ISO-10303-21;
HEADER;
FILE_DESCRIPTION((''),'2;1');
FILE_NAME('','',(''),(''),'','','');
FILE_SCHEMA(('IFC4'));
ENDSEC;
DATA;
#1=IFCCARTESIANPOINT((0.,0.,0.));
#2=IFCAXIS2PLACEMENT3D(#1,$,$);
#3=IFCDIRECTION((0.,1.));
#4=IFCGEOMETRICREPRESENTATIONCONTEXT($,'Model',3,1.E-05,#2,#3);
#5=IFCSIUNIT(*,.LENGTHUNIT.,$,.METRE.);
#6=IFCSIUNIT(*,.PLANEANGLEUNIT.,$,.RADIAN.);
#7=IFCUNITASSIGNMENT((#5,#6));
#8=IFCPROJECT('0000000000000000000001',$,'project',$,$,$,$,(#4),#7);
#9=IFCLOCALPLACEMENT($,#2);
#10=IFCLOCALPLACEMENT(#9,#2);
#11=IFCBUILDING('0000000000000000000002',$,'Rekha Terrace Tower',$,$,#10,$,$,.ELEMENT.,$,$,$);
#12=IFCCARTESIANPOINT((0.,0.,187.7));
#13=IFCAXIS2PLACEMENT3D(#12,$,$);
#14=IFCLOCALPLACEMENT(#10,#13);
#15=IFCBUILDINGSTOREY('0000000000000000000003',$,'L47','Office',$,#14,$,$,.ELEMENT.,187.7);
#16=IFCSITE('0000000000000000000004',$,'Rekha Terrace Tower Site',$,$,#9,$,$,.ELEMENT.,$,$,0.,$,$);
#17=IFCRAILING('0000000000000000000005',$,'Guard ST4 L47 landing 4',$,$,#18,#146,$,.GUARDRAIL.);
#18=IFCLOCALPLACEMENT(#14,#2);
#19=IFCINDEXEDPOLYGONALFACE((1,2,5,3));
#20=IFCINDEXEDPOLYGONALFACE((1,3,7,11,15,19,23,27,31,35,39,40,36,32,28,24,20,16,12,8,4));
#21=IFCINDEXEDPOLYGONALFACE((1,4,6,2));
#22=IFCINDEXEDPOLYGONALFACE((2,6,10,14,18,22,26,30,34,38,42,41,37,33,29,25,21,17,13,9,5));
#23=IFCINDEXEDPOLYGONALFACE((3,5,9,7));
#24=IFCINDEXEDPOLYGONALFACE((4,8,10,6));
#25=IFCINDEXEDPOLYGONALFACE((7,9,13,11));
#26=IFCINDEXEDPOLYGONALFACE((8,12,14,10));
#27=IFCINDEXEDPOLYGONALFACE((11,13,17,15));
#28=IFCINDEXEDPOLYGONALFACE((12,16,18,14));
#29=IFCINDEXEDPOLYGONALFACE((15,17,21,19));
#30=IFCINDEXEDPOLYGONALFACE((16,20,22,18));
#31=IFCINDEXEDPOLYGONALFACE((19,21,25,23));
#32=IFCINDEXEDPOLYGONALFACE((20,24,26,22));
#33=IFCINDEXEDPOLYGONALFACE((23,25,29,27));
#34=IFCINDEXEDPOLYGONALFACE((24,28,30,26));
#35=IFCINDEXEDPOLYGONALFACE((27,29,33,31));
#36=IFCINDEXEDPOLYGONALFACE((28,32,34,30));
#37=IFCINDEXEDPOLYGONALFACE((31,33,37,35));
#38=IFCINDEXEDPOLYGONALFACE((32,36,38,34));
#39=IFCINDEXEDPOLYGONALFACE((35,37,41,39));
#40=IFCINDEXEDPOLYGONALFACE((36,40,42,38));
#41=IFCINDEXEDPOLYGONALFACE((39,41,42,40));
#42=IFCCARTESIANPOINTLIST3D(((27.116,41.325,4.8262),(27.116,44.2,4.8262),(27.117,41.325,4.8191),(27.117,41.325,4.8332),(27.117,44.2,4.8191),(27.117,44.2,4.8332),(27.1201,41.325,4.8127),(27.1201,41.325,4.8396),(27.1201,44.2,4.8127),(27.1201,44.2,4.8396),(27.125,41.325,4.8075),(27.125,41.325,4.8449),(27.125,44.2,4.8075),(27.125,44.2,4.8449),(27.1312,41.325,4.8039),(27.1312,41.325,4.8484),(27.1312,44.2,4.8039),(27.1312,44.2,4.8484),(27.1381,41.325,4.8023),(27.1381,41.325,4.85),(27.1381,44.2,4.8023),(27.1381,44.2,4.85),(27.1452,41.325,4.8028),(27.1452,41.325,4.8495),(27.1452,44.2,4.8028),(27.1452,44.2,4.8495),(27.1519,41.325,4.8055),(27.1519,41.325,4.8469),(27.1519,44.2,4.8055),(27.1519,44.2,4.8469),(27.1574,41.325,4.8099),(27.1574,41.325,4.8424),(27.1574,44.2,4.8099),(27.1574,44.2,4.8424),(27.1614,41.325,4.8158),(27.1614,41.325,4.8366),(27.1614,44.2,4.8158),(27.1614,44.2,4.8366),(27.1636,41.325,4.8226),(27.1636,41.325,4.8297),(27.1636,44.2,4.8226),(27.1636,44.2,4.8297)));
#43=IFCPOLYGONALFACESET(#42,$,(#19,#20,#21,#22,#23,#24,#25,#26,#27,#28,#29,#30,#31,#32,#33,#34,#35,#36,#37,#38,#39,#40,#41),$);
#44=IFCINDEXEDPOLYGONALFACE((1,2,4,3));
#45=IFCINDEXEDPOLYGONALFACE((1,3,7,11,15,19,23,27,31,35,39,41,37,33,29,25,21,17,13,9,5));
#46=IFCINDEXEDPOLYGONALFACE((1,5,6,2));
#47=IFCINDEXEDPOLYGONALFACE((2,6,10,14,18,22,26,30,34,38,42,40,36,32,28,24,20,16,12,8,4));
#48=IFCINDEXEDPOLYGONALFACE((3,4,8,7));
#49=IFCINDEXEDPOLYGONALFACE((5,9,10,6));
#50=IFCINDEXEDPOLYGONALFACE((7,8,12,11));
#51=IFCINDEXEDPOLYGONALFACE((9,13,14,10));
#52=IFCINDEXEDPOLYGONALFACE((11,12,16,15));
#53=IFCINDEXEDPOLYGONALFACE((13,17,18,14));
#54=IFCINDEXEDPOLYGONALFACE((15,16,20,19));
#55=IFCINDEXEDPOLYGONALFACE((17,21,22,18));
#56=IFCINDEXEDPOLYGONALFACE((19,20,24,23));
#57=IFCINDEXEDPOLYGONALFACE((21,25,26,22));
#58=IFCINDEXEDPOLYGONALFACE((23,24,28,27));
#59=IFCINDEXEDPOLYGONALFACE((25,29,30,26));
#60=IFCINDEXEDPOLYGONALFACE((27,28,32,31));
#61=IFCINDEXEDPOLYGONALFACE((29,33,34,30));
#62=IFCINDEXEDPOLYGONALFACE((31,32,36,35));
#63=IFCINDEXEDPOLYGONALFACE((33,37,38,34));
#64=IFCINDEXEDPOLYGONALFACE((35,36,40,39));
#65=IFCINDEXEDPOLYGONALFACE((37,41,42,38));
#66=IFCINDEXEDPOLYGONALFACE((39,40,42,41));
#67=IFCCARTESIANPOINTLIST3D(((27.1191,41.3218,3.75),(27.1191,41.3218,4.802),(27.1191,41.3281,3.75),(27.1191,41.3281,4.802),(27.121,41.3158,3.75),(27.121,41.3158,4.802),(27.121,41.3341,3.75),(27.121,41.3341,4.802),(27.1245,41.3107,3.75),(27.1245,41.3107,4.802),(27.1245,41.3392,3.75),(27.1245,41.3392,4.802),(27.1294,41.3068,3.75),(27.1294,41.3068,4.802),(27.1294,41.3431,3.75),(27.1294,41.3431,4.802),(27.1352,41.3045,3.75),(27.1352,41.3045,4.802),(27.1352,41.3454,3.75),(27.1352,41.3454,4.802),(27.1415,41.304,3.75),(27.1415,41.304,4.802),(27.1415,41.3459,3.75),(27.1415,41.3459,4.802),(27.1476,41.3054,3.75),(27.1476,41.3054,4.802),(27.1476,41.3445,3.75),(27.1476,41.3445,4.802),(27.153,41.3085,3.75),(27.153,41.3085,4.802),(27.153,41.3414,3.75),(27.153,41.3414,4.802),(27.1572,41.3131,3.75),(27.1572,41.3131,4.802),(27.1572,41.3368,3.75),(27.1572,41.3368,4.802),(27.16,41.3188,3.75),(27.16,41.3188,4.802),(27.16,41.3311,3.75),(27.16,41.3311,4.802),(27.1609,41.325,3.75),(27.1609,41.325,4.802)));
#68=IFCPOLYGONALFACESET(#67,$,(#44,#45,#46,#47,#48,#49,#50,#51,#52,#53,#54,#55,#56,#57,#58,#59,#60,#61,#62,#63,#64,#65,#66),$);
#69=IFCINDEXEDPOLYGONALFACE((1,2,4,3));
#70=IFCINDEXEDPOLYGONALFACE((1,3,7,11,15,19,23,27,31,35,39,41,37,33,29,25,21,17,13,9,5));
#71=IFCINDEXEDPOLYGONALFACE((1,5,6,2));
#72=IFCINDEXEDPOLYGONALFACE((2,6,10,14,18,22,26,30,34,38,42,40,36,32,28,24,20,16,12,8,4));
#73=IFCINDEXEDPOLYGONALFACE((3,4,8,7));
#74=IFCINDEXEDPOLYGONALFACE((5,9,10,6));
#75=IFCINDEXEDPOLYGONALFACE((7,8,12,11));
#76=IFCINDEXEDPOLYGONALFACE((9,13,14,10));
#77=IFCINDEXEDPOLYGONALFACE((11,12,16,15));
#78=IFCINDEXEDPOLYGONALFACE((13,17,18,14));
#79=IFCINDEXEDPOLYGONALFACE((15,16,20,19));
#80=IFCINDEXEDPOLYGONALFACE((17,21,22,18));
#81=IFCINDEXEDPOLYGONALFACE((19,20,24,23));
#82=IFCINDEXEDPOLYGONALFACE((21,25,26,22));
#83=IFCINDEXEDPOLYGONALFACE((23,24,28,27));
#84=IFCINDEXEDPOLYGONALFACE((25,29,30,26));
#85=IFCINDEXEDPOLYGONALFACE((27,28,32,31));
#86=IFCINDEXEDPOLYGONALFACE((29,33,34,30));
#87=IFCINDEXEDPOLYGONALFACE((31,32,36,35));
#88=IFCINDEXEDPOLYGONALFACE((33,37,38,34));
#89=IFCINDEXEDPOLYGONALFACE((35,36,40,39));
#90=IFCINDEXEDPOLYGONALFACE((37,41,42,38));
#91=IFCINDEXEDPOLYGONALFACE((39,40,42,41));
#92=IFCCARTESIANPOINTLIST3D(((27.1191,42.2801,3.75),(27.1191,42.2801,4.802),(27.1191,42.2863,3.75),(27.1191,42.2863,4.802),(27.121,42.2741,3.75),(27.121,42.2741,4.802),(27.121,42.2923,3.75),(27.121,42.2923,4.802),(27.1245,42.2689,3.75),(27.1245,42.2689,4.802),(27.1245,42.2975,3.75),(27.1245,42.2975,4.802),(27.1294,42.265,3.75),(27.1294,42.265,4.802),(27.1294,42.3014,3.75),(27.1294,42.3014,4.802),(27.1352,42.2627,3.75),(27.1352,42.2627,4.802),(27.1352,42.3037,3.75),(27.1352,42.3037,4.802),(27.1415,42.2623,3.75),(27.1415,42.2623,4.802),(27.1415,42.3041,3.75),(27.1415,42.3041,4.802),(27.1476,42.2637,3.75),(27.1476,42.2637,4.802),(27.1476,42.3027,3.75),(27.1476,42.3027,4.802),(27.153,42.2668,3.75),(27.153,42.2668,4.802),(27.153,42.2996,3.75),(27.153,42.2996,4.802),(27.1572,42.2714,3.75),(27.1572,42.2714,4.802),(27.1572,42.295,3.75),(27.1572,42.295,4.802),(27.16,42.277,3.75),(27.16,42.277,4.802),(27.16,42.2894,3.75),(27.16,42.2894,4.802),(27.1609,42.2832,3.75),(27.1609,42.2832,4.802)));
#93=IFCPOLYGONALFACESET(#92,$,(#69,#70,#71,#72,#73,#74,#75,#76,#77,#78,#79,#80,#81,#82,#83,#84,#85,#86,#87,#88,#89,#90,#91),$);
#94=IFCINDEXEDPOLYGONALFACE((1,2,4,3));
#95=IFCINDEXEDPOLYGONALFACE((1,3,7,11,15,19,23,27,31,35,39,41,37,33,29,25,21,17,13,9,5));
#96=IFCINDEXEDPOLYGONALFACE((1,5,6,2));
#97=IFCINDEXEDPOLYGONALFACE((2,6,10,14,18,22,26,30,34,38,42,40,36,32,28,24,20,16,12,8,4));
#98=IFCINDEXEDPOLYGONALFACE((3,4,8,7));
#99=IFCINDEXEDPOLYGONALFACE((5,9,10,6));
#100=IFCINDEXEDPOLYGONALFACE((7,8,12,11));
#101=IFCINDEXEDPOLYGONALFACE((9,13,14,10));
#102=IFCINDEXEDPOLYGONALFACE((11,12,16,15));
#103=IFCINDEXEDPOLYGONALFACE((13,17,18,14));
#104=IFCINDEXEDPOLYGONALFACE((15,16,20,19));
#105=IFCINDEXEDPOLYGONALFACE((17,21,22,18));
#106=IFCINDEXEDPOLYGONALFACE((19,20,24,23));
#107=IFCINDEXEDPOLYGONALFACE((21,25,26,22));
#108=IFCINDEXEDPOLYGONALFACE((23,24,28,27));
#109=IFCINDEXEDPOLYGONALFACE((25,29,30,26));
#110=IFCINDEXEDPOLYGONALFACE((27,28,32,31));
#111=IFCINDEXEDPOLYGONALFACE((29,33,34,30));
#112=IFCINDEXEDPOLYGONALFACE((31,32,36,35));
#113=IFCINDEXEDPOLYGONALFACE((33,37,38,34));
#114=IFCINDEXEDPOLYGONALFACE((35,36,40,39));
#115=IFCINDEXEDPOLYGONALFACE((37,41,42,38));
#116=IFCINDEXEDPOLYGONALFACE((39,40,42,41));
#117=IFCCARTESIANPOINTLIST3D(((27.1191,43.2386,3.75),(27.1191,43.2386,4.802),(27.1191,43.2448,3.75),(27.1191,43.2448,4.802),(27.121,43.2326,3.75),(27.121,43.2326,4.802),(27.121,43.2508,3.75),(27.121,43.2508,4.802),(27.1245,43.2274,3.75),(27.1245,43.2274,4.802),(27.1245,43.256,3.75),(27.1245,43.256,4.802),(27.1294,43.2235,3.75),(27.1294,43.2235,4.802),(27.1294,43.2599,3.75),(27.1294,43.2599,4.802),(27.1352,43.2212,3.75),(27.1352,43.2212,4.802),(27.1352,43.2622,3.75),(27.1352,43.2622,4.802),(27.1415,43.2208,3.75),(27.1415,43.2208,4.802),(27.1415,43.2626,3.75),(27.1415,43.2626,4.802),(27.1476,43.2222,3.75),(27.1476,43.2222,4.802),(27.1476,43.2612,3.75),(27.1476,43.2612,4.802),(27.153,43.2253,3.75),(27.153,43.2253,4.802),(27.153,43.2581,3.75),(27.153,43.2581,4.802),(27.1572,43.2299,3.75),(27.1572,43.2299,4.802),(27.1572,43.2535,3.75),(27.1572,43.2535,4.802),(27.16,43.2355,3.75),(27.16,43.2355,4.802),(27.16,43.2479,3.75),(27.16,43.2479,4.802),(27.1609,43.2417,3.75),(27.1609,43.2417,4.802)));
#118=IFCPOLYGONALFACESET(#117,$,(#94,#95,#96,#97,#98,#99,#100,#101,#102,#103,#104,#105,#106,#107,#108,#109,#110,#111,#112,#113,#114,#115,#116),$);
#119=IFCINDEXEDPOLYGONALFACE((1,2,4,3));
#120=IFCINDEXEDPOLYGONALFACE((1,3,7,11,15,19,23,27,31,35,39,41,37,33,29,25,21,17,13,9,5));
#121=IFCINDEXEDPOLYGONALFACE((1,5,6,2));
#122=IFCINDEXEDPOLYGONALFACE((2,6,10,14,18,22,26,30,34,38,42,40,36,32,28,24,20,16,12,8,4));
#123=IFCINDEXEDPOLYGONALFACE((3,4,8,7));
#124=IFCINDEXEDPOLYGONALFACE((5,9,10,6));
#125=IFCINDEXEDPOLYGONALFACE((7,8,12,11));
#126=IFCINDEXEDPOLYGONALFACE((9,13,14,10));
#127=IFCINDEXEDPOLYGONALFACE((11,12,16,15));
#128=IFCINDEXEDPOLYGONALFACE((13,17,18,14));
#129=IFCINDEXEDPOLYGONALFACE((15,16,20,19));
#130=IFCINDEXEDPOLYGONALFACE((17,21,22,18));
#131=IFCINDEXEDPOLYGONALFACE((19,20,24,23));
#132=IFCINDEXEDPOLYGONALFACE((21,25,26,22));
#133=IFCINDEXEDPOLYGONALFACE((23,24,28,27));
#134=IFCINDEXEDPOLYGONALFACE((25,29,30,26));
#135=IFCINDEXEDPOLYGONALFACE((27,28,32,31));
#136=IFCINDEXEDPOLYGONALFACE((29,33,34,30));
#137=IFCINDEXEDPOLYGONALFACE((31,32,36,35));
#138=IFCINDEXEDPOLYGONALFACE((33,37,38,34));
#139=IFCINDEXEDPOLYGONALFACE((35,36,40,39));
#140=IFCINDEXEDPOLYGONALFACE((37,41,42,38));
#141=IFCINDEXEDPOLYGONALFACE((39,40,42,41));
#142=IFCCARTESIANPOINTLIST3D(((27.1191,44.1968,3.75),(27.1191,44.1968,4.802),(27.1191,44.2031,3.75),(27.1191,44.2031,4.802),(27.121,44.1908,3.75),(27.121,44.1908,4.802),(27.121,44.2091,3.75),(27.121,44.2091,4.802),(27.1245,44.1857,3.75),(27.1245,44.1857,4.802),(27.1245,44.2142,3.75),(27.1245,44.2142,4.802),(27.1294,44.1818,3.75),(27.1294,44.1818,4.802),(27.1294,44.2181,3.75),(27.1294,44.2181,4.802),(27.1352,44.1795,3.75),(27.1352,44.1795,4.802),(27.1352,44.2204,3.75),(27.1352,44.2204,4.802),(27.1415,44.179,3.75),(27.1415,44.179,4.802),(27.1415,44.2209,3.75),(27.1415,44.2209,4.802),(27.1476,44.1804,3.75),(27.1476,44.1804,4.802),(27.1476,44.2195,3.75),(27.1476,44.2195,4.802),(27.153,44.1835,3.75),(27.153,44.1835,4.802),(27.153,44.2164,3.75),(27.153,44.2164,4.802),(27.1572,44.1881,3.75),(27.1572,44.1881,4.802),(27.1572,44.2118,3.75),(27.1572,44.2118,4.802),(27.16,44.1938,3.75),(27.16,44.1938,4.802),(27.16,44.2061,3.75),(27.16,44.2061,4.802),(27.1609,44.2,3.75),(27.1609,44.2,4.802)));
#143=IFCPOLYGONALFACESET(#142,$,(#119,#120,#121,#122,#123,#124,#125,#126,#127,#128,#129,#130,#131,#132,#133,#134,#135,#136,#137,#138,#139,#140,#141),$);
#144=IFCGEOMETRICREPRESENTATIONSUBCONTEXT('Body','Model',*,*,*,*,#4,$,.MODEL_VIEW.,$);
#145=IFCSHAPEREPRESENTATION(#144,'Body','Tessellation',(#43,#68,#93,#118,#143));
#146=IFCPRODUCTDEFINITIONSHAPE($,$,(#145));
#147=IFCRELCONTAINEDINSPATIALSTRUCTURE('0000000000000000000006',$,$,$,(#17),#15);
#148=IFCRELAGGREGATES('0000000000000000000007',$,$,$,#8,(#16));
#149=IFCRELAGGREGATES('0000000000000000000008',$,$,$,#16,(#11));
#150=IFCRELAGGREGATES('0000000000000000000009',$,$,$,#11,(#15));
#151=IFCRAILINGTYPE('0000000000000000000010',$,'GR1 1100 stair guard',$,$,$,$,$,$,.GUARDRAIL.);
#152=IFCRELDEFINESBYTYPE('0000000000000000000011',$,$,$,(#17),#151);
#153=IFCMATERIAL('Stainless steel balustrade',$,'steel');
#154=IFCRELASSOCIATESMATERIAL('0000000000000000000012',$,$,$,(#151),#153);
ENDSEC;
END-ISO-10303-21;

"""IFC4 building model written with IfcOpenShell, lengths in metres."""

from ifc_helpers import new_model, si_unit, direction, frame, origin, origin_2d, place, context, subcontext, project, spatial, circle, extrude, material, type_object, element, save


model = new_model("IFC4")

# Units and contexts
model_context = context("Model", 3, precision=1e-05, world=origin(), true_north=direction((0.0, 1.0)))
body_context = subcontext(model_context, "Body", "Model", "MODEL_VIEW")
ifc_project = project(units=[si_unit("LENGTHUNIT", "METRE"), si_unit("PLANEANGLEUNIT", "RADIAN")], contexts=[model_context])

# Site, building, storey
site_placement = place(None, origin())
site = spatial("IfcSite", under=ifc_project, at=site_placement, Name="Rekha Terrace Tower Site", CompositionType="ELEMENT", RefElevation=0.0)
building_placement = place(site_placement, origin())
building = spatial("IfcBuilding", under=site, at=building_placement, Name="Rekha Terrace Tower", CompositionType="ELEMENT")
storey_placement = place(building_placement, frame((0.0, 0.0, 187.7)))
storey = spatial("IfcBuildingStorey", under=building, at=storey_placement, Name="L47", Description="Office", CompositionType="ELEMENT", Elevation=187.7)

# Railing
ifc_material_1 = material(Name="Stainless steel balustrade", Category="steel")
railing_type_1 = type_object("IfcRailingType", Name="GR1 1100 stair guard", PredefinedType="GUARDRAIL", material=ifc_material_1)
railing_1_placement = place(storey_placement, frame((27.1399, 41.325, 3.75)))
element("IfcRailing", 1, at=railing_1_placement, inside=storey, type_object=railing_type_1, Name="Guard ST4 L47 landing 4", PredefinedType="GUARDRAIL", context=body_context, shape_type="SweptSolid", body=[
    extrude(circle(Radius=0.0239, at=origin_2d()), frame((0.0, 0.0, 1.0762), z_axis=(0.0, 1.0, 0.0), x_axis=(-1.0, 0.0, 0.0)), (0.0, 0.0, 1.0), 2.875),
    extrude(circle(Radius=0.021, at=origin_2d()), origin(), (0.0, 0.0, 1.0), 1.052),
    extrude(circle(Radius=0.021, at=origin_2d()), frame((0.0, 0.9583, 0.0)), (0.0, 0.0, 1.0), 1.052),
    extrude(circle(Radius=0.021, at=origin_2d()), frame((0.0, 1.9167, 0.0)), (0.0, 0.0, 1.0), 1.052),
    extrude(circle(Radius=0.021, at=origin_2d()), frame((0.0, 2.875, 0.0)), (0.0, 0.0, 1.0), 1.052),
])

save(model, "model.ifc")
